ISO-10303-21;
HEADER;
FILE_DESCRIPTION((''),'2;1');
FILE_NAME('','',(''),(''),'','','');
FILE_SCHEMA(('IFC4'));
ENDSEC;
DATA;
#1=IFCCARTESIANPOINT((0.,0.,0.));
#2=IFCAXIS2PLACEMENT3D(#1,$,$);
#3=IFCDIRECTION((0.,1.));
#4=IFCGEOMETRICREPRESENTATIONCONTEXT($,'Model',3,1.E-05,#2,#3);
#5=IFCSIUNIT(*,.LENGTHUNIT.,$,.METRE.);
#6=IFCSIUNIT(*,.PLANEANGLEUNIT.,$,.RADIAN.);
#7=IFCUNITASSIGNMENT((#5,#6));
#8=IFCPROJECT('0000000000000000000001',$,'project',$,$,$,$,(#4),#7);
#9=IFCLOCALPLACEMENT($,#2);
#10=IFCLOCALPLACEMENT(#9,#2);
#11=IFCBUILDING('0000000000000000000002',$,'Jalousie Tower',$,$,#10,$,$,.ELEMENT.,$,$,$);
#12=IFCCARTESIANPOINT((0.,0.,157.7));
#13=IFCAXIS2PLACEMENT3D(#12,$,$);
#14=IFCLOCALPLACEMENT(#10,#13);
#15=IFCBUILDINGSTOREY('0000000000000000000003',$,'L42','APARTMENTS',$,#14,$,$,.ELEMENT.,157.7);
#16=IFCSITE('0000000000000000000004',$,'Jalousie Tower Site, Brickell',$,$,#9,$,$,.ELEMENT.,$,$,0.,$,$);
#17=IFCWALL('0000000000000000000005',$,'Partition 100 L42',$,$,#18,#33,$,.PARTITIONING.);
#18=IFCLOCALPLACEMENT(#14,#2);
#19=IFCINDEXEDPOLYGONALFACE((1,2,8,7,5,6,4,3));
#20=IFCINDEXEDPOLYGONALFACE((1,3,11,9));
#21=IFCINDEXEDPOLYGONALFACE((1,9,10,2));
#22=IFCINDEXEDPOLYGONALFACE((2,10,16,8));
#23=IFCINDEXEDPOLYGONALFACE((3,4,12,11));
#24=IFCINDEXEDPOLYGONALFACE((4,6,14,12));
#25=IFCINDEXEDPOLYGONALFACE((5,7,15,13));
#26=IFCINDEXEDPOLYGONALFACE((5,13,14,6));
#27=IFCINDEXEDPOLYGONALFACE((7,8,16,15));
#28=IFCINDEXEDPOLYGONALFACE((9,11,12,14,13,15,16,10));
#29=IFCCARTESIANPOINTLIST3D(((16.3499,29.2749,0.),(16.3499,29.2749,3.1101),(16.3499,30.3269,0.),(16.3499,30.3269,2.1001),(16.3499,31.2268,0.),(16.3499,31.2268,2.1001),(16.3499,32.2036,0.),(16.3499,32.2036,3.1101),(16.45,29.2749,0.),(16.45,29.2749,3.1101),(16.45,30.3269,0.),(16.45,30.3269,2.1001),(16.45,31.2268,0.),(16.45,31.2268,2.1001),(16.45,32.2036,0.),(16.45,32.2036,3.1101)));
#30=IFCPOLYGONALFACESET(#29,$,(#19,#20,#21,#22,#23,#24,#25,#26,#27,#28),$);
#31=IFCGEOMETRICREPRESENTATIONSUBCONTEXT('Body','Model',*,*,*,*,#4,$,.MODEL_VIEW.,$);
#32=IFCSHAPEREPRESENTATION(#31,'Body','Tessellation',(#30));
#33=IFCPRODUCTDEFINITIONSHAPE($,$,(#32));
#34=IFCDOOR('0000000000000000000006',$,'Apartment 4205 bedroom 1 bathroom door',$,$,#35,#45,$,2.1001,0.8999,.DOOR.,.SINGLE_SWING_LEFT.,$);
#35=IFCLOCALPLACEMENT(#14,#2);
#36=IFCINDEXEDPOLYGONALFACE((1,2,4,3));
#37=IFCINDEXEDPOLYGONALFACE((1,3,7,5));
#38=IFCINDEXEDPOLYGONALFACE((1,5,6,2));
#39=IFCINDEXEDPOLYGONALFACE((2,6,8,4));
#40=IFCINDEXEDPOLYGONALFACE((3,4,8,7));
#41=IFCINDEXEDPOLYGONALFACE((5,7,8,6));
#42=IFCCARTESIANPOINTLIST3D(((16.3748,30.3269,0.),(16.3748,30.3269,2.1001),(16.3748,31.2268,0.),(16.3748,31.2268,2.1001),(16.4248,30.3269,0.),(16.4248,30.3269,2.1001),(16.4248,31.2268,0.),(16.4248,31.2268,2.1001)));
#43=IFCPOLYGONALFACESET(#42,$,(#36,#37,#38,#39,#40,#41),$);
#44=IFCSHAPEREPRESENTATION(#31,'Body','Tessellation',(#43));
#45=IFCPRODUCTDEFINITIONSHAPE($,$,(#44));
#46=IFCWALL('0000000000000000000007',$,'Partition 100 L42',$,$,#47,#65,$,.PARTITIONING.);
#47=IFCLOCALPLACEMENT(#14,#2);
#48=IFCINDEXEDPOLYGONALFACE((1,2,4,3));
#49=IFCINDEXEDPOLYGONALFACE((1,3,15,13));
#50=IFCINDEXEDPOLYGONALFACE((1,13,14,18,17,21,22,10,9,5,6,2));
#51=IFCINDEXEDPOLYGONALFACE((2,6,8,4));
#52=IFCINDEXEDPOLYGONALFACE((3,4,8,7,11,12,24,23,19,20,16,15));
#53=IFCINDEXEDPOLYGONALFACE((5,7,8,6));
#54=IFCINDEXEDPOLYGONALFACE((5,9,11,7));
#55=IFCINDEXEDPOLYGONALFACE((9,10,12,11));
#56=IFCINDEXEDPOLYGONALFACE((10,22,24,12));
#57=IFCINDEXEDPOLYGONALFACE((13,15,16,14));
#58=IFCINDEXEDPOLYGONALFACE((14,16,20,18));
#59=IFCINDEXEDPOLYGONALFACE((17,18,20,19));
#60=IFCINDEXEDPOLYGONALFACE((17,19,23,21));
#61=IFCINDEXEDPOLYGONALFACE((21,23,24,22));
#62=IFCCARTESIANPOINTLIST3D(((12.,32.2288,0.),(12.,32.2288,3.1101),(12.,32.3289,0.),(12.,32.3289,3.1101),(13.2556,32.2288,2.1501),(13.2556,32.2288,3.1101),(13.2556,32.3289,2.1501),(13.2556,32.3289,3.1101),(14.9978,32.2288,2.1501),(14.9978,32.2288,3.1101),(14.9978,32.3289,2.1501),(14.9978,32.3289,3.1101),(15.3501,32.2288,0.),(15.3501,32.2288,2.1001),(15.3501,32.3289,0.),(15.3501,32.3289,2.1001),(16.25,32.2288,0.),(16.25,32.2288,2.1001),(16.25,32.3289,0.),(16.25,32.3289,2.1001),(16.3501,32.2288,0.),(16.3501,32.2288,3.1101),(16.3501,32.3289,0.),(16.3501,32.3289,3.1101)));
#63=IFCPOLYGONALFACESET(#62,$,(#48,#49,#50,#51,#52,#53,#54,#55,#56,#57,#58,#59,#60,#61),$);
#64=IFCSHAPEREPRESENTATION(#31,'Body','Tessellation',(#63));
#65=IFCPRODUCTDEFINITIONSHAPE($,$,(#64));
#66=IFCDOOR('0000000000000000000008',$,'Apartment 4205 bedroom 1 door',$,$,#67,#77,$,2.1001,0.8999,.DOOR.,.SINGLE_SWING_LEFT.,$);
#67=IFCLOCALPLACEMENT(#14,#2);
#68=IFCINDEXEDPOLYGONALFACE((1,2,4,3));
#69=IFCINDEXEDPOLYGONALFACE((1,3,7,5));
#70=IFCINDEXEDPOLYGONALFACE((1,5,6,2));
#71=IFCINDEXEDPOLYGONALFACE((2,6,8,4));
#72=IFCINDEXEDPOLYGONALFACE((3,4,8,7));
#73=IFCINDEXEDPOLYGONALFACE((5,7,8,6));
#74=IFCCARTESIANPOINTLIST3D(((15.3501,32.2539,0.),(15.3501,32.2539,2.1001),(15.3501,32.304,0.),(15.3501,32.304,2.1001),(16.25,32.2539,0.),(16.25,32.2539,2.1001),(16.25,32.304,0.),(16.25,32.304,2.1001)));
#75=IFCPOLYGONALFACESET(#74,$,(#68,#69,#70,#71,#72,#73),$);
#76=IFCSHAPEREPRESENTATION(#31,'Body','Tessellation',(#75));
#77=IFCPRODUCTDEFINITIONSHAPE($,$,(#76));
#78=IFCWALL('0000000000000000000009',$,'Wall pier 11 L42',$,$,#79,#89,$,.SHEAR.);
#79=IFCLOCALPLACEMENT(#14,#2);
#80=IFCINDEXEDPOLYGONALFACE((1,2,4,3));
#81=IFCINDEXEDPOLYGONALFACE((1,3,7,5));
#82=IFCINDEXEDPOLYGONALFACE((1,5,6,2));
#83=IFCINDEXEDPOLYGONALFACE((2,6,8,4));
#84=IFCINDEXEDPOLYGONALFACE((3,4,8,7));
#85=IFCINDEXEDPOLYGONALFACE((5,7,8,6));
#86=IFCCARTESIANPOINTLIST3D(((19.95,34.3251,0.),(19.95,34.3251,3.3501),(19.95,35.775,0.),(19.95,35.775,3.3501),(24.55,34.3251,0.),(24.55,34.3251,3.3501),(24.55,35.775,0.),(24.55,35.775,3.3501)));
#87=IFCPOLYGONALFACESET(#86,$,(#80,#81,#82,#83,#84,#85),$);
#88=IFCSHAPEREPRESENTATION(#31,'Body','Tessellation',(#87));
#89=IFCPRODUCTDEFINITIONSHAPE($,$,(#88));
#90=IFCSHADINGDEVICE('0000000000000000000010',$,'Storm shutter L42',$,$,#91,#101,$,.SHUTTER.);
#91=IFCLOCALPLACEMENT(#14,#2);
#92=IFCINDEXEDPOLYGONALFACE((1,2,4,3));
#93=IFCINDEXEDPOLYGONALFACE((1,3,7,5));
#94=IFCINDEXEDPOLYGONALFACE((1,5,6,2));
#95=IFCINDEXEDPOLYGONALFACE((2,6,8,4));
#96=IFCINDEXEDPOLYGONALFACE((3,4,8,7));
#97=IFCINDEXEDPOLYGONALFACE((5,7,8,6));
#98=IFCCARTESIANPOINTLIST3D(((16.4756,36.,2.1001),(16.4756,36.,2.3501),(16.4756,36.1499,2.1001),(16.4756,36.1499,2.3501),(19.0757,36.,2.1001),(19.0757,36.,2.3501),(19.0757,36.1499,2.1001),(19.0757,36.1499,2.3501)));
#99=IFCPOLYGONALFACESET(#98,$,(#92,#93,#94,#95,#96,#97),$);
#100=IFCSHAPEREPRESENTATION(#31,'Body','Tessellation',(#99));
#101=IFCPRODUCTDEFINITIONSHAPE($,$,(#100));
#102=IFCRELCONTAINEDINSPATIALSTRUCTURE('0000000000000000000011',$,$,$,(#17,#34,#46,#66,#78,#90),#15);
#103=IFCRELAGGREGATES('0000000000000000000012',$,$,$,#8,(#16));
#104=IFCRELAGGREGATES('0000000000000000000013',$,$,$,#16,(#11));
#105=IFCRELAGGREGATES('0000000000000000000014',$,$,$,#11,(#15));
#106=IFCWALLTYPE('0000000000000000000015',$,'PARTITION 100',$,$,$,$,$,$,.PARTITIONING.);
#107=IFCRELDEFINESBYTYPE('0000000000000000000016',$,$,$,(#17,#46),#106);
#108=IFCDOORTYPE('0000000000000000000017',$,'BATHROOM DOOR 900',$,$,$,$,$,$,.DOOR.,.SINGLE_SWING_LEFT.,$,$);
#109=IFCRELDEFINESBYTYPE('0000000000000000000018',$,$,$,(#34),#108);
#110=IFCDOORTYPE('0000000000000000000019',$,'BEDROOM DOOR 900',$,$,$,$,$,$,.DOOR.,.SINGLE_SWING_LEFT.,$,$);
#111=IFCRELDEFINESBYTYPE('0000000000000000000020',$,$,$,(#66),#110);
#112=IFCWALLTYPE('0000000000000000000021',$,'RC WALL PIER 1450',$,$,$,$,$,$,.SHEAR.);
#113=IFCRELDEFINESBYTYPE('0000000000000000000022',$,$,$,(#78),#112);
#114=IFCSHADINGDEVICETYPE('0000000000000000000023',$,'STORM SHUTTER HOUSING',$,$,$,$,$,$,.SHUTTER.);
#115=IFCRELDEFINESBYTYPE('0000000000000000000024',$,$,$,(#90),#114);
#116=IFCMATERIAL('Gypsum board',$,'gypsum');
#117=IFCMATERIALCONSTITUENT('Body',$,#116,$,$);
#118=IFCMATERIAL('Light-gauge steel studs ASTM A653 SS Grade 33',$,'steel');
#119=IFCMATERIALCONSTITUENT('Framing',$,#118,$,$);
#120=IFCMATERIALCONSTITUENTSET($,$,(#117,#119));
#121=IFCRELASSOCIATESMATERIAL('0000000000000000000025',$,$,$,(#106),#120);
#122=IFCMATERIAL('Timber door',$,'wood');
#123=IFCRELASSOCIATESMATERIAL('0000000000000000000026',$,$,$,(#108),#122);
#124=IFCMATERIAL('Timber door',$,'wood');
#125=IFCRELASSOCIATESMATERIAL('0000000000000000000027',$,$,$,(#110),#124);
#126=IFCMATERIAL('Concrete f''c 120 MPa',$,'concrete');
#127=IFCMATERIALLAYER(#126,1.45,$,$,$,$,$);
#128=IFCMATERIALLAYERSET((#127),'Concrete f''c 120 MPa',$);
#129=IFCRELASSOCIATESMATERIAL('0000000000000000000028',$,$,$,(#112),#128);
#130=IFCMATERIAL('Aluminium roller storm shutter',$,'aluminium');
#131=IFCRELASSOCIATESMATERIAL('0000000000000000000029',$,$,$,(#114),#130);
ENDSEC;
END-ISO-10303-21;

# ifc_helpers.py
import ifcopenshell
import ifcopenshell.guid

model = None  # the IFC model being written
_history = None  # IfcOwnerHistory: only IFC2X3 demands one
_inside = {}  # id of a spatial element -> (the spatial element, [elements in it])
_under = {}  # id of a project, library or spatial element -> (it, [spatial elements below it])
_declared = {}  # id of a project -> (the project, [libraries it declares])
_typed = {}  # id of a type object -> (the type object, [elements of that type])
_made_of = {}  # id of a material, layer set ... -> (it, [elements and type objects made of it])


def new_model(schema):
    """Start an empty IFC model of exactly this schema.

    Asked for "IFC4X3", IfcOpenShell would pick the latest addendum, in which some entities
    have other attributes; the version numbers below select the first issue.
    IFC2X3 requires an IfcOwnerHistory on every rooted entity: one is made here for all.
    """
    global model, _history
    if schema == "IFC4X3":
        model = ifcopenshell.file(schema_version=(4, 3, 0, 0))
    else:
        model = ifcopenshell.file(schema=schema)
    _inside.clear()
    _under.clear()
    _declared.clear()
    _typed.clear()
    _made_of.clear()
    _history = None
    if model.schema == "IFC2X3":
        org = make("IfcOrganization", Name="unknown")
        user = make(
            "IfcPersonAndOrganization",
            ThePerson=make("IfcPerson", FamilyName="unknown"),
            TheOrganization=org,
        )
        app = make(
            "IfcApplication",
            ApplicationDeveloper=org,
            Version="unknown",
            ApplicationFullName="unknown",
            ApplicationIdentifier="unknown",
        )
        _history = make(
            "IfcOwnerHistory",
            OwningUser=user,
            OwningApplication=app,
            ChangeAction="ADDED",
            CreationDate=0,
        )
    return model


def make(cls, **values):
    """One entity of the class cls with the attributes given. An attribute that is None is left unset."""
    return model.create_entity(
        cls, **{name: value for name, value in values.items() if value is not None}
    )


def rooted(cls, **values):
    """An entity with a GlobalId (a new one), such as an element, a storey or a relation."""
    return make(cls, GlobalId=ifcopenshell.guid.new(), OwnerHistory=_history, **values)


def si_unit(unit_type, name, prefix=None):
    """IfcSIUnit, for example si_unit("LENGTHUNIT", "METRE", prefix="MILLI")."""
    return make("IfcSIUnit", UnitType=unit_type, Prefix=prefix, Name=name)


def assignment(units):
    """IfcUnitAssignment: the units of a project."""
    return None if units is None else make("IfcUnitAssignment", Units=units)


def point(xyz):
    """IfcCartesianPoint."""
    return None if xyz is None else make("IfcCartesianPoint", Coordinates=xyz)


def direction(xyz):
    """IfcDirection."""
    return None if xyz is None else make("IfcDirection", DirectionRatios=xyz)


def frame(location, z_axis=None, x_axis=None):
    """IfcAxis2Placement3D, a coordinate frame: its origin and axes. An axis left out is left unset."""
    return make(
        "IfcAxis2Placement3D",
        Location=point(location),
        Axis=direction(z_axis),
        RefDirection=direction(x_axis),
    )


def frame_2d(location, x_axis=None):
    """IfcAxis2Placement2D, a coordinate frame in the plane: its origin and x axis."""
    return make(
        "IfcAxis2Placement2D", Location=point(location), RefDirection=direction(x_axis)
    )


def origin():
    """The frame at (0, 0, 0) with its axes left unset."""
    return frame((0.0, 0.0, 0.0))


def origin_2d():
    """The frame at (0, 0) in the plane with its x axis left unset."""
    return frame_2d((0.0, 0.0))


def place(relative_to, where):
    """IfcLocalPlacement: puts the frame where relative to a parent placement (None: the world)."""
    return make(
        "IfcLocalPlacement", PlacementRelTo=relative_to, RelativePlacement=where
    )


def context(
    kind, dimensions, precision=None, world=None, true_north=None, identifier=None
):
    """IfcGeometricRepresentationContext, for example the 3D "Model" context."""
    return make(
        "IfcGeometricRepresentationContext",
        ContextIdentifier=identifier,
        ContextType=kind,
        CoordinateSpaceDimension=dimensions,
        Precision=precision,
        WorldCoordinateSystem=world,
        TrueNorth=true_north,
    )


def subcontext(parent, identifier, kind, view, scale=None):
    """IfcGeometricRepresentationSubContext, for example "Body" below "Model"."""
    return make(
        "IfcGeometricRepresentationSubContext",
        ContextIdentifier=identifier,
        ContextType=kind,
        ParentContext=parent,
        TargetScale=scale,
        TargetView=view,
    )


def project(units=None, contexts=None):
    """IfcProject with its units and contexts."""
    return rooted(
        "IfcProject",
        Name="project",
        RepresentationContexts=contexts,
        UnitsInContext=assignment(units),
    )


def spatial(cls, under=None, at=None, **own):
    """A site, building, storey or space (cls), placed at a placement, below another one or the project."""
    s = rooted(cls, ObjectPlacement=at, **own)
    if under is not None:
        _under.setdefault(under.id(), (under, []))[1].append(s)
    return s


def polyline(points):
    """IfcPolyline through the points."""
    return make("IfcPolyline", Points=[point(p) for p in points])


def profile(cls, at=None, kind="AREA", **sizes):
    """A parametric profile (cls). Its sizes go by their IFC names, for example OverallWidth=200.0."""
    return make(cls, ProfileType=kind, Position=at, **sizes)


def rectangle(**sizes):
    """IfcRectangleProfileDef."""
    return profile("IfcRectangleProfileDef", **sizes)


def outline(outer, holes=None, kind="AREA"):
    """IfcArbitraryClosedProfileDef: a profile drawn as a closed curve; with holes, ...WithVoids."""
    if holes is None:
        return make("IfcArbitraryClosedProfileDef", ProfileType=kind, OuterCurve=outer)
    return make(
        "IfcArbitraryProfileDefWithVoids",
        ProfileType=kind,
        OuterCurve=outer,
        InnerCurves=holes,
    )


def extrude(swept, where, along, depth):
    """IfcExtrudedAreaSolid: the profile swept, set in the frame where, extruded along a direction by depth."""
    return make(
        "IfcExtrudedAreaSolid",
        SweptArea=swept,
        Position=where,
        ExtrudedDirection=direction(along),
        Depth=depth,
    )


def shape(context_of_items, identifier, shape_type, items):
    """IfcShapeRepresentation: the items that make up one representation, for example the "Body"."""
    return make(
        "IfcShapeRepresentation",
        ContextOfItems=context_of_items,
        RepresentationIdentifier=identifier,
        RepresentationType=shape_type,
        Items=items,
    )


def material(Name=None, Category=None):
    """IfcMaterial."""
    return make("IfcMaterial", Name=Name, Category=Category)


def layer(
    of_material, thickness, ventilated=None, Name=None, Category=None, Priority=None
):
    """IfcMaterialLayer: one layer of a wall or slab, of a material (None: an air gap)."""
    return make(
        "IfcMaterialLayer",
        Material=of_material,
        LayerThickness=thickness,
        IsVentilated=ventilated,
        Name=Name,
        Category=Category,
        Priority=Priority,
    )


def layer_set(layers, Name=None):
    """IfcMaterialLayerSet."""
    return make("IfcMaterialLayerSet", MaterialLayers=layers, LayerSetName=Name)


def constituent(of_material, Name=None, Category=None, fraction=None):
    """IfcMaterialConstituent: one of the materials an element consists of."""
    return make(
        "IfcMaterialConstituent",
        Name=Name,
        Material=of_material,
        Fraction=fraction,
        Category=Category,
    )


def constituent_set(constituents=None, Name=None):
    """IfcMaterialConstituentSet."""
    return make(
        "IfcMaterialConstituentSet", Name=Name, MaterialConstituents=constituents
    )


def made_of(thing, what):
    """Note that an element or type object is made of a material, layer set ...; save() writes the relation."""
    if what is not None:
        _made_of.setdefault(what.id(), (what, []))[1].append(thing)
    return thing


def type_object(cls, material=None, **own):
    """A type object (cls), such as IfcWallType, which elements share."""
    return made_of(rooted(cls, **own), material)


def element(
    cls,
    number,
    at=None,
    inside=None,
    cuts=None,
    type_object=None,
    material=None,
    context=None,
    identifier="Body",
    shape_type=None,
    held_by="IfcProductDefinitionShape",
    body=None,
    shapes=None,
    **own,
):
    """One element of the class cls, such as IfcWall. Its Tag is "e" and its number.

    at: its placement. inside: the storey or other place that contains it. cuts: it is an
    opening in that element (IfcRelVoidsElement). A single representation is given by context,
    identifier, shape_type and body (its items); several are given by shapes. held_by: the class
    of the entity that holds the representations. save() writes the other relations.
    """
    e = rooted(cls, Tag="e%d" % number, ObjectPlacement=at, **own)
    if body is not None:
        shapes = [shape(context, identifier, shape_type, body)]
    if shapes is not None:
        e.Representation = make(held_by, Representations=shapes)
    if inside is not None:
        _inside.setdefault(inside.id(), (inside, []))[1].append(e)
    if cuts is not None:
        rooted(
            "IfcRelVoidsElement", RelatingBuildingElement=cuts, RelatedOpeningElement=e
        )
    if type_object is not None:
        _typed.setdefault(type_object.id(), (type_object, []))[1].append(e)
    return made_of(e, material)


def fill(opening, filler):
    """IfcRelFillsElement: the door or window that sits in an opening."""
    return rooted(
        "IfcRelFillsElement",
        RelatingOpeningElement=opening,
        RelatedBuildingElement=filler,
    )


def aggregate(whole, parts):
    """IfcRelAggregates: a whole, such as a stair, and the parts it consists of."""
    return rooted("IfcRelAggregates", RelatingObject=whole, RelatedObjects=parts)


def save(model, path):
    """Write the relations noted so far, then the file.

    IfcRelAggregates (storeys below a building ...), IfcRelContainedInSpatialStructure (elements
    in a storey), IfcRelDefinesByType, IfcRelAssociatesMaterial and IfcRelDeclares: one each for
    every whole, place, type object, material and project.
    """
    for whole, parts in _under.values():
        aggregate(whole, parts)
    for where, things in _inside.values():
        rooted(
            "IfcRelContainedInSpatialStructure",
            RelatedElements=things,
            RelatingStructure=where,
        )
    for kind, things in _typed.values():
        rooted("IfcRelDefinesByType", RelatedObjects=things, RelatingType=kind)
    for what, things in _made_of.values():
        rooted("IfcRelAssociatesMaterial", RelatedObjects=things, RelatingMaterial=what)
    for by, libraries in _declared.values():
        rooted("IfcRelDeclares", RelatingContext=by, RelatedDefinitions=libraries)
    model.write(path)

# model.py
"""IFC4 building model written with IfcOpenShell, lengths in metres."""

from ifc_helpers import new_model, si_unit, direction, frame, frame_2d, origin, origin_2d, place, context, subcontext, project, spatial, polyline, rectangle, outline, extrude, material, layer, layer_set, constituent, constituent_set, type_object, element, fill, save


model = new_model("IFC4")

# Units and contexts
model_context = context("Model", 3, precision=1e-05, world=origin(), true_north=direction((0.0, 1.0)))
body_context = subcontext(model_context, "Body", "Model", "MODEL_VIEW")
ifc_project = project(units=[si_unit("LENGTHUNIT", "METRE"), si_unit("PLANEANGLEUNIT", "RADIAN")], contexts=[model_context])

# Site, building, storey
site_placement = place(None, origin())
site = spatial("IfcSite", under=ifc_project, at=site_placement, Name="Jalousie Tower Site, Brickell", CompositionType="ELEMENT", RefElevation=0.0)
building_placement = place(site_placement, origin())
building = spatial("IfcBuilding", under=site, at=building_placement, Name="Jalousie Tower", CompositionType="ELEMENT")
storey_placement = place(building_placement, frame((0.0, 0.0, 157.7)))
storey = spatial("IfcBuildingStorey", under=building, at=storey_placement, Name="L42", Description="APARTMENTS", CompositionType="ELEMENT", Elevation=157.7)

# Walls, openings, doors
ifc_material_1 = material(Name="Gypsum board", Category="gypsum")
ifc_constituent_1 = constituent(ifc_material_1, Name="Body")
ifc_material_2 = material(Name="Light-gauge steel studs ASTM A653 SS Grade 33", Category="steel")
ifc_constituent_2 = constituent(ifc_material_2, Name="Framing")
ifc_constituent_set_1 = constituent_set(constituents=[ifc_constituent_1, ifc_constituent_2])
wall_type_1 = type_object("IfcWallType", Name="PARTITION 100", PredefinedType="PARTITIONING", material=ifc_constituent_set_1)
wall_1_placement = place(storey_placement, frame((16.3999, 32.2036, 0.0), z_axis=(0.0, 0.0, 1.0), x_axis=(0.0, -1.0, 0.0)))
wall_1 = element("IfcWall", 1, at=wall_1_placement, inside=storey, type_object=wall_type_1, Name="Partition 100 L42", PredefinedType="PARTITIONING", context=body_context, shape_type="SweptSolid", body=[
    extrude(rectangle(XDim=2.9287, YDim=0.1001, at=frame_2d((1.4644, 0.0))), origin(), (0.0, 0.0, 1.0), 3.1101),
])
opening_1_placement = place(wall_1_placement, frame((0.9768, 0.0, 0.0)))
opening_1 = element("IfcOpeningElement", 2, at=opening_1_placement, cuts=wall_1, PredefinedType="OPENING", context=body_context, shape_type="SweptSolid", body=[
    extrude(rectangle(XDim=0.8999, YDim=2.1001, at=frame_2d((0.45, 1.05))), frame((0.0, 0.0601, 0.0), z_axis=(0.0, -1.0, 0.0), x_axis=(1.0, 0.0, 0.0)), (0.0, 0.0, 1.0), 0.1201),
])
ifc_material_3 = material(Name="Timber door", Category="wood")
door_type_1 = type_object("IfcDoorType", Name="BATHROOM DOOR 900", OperationType="SINGLE_SWING_LEFT", PredefinedType="DOOR", material=ifc_material_3)
door_1_placement = place(opening_1_placement, origin())
door_1 = element("IfcDoor", 3, at=door_1_placement, inside=storey, type_object=door_type_1, Name="Apartment 4205 bedroom 1 bathroom door", OperationType="SINGLE_SWING_LEFT", OverallHeight=2.1001, OverallWidth=0.8999, PredefinedType="DOOR", context=body_context, shape_type="SweptSolid", body=[
    extrude(rectangle(XDim=0.8999, YDim=2.1001, at=frame_2d((0.45, 1.05))), frame((0.0, 0.0249, 0.0), z_axis=(0.0, -1.0, 0.0), x_axis=(1.0, 0.0, 0.0)), (0.0, 0.0, 1.0), 0.05),
])
fill(opening_1, door_1)
wall_2_placement = place(storey_placement, frame((16.3501, 32.2788, 0.0), z_axis=(0.0, 0.0, 1.0), x_axis=(-1.0, 0.0, 0.0)))
wall_2 = element("IfcWall", 4, at=wall_2_placement, inside=storey, type_object=wall_type_1, Name="Partition 100 L42", PredefinedType="PARTITIONING", context=body_context, shape_type="SweptSolid", body=[
    extrude(outline(polyline([(0.0, 0.0), (4.3501, 0.0), (4.3501, 3.1101), (3.0945, 3.1101), (3.0945, 2.1501), (1.3523, 2.1501), (1.3523, 3.1101), (0.0, 3.1101), (0.0, 0.0)])), frame((0.0, 0.05, 0.0), z_axis=(0.0, -1.0, 0.0), x_axis=(1.0, 0.0, 0.0)), (0.0, 0.0, 1.0), 0.1001),
])
opening_2_placement = place(wall_2_placement, frame((0.1001, 0.0, 0.0)))
opening_2 = element("IfcOpeningElement", 5, at=opening_2_placement, cuts=wall_2, PredefinedType="OPENING", context=body_context, shape_type="SweptSolid", body=[
    extrude(rectangle(XDim=0.8999, YDim=2.1001, at=frame_2d((0.45, 1.05))), frame((0.0, 0.0601, 0.0), z_axis=(0.0, -1.0, 0.0), x_axis=(1.0, 0.0, 0.0)), (0.0, 0.0, 1.0), 0.1201),
])
ifc_material_4 = material(Name="Timber door", Category="wood")
door_type_2 = type_object("IfcDoorType", Name="BEDROOM DOOR 900", OperationType="SINGLE_SWING_LEFT", PredefinedType="DOOR", material=ifc_material_4)
door_2_placement = place(opening_2_placement, origin())
door_2 = element("IfcDoor", 6, at=door_2_placement, inside=storey, type_object=door_type_2, Name="Apartment 4205 bedroom 1 door", OperationType="SINGLE_SWING_LEFT", OverallHeight=2.1001, OverallWidth=0.8999, PredefinedType="DOOR", context=body_context, shape_type="SweptSolid", body=[
    extrude(rectangle(XDim=0.8999, YDim=2.1001, at=frame_2d((0.45, 1.05))), frame((0.0, 0.0249, 0.0), z_axis=(0.0, -1.0, 0.0), x_axis=(1.0, 0.0, 0.0)), (0.0, 0.0, 1.0), 0.05),
])
fill(opening_2, door_2)

# Wall
ifc_material_5 = material(Name="Concrete f'c 120 MPa", Category="concrete")
ifc_layer = layer(ifc_material_5, 1.45)
ifc_layer_set = layer_set([ifc_layer], Name="Concrete f'c 120 MPa")
wall_type_2 = type_object("IfcWallType", Name="RC WALL PIER 1450", PredefinedType="SHEAR", material=ifc_layer_set)
wall_3_placement = place(storey_placement, frame((19.95, 35.05, 0.0), z_axis=(0.0, 0.0, 1.0), x_axis=(1.0, 0.0, 0.0)))
element("IfcWall", 7, at=wall_3_placement, inside=storey, type_object=wall_type_2, Name="Wall pier 11 L42", PredefinedType="SHEAR", context=body_context, shape_type="SweptSolid", body=[
    extrude(rectangle(XDim=4.6001, YDim=1.45, at=frame_2d((2.3, 0.0))), origin(), (0.0, 0.0, 1.0), 3.3501),
])

# Shading device
ifc_material_6 = material(Name="Aluminium roller storm shutter", Category="aluminium")
shading_device_type = type_object("IfcShadingDeviceType", Name="STORM SHUTTER HOUSING", PredefinedType="SHUTTER", material=ifc_material_6)
shading_device_placement = place(storey_placement, frame((17.7756, 36.075, 2.1001), z_axis=(0.0, 0.0, 1.0), x_axis=(-1.0, 0.0, 0.0)))
element("IfcShadingDevice", 8, at=shading_device_placement, inside=storey, type_object=shading_device_type, Name="Storm shutter L42", PredefinedType="SHUTTER", context=body_context, shape_type="SweptSolid", body=[
    extrude(rectangle(XDim=2.6001, YDim=0.1499, at=origin_2d()), origin(), (0.0, 0.0, 1.0), 0.25),
])

save(model, "model.ifc")
